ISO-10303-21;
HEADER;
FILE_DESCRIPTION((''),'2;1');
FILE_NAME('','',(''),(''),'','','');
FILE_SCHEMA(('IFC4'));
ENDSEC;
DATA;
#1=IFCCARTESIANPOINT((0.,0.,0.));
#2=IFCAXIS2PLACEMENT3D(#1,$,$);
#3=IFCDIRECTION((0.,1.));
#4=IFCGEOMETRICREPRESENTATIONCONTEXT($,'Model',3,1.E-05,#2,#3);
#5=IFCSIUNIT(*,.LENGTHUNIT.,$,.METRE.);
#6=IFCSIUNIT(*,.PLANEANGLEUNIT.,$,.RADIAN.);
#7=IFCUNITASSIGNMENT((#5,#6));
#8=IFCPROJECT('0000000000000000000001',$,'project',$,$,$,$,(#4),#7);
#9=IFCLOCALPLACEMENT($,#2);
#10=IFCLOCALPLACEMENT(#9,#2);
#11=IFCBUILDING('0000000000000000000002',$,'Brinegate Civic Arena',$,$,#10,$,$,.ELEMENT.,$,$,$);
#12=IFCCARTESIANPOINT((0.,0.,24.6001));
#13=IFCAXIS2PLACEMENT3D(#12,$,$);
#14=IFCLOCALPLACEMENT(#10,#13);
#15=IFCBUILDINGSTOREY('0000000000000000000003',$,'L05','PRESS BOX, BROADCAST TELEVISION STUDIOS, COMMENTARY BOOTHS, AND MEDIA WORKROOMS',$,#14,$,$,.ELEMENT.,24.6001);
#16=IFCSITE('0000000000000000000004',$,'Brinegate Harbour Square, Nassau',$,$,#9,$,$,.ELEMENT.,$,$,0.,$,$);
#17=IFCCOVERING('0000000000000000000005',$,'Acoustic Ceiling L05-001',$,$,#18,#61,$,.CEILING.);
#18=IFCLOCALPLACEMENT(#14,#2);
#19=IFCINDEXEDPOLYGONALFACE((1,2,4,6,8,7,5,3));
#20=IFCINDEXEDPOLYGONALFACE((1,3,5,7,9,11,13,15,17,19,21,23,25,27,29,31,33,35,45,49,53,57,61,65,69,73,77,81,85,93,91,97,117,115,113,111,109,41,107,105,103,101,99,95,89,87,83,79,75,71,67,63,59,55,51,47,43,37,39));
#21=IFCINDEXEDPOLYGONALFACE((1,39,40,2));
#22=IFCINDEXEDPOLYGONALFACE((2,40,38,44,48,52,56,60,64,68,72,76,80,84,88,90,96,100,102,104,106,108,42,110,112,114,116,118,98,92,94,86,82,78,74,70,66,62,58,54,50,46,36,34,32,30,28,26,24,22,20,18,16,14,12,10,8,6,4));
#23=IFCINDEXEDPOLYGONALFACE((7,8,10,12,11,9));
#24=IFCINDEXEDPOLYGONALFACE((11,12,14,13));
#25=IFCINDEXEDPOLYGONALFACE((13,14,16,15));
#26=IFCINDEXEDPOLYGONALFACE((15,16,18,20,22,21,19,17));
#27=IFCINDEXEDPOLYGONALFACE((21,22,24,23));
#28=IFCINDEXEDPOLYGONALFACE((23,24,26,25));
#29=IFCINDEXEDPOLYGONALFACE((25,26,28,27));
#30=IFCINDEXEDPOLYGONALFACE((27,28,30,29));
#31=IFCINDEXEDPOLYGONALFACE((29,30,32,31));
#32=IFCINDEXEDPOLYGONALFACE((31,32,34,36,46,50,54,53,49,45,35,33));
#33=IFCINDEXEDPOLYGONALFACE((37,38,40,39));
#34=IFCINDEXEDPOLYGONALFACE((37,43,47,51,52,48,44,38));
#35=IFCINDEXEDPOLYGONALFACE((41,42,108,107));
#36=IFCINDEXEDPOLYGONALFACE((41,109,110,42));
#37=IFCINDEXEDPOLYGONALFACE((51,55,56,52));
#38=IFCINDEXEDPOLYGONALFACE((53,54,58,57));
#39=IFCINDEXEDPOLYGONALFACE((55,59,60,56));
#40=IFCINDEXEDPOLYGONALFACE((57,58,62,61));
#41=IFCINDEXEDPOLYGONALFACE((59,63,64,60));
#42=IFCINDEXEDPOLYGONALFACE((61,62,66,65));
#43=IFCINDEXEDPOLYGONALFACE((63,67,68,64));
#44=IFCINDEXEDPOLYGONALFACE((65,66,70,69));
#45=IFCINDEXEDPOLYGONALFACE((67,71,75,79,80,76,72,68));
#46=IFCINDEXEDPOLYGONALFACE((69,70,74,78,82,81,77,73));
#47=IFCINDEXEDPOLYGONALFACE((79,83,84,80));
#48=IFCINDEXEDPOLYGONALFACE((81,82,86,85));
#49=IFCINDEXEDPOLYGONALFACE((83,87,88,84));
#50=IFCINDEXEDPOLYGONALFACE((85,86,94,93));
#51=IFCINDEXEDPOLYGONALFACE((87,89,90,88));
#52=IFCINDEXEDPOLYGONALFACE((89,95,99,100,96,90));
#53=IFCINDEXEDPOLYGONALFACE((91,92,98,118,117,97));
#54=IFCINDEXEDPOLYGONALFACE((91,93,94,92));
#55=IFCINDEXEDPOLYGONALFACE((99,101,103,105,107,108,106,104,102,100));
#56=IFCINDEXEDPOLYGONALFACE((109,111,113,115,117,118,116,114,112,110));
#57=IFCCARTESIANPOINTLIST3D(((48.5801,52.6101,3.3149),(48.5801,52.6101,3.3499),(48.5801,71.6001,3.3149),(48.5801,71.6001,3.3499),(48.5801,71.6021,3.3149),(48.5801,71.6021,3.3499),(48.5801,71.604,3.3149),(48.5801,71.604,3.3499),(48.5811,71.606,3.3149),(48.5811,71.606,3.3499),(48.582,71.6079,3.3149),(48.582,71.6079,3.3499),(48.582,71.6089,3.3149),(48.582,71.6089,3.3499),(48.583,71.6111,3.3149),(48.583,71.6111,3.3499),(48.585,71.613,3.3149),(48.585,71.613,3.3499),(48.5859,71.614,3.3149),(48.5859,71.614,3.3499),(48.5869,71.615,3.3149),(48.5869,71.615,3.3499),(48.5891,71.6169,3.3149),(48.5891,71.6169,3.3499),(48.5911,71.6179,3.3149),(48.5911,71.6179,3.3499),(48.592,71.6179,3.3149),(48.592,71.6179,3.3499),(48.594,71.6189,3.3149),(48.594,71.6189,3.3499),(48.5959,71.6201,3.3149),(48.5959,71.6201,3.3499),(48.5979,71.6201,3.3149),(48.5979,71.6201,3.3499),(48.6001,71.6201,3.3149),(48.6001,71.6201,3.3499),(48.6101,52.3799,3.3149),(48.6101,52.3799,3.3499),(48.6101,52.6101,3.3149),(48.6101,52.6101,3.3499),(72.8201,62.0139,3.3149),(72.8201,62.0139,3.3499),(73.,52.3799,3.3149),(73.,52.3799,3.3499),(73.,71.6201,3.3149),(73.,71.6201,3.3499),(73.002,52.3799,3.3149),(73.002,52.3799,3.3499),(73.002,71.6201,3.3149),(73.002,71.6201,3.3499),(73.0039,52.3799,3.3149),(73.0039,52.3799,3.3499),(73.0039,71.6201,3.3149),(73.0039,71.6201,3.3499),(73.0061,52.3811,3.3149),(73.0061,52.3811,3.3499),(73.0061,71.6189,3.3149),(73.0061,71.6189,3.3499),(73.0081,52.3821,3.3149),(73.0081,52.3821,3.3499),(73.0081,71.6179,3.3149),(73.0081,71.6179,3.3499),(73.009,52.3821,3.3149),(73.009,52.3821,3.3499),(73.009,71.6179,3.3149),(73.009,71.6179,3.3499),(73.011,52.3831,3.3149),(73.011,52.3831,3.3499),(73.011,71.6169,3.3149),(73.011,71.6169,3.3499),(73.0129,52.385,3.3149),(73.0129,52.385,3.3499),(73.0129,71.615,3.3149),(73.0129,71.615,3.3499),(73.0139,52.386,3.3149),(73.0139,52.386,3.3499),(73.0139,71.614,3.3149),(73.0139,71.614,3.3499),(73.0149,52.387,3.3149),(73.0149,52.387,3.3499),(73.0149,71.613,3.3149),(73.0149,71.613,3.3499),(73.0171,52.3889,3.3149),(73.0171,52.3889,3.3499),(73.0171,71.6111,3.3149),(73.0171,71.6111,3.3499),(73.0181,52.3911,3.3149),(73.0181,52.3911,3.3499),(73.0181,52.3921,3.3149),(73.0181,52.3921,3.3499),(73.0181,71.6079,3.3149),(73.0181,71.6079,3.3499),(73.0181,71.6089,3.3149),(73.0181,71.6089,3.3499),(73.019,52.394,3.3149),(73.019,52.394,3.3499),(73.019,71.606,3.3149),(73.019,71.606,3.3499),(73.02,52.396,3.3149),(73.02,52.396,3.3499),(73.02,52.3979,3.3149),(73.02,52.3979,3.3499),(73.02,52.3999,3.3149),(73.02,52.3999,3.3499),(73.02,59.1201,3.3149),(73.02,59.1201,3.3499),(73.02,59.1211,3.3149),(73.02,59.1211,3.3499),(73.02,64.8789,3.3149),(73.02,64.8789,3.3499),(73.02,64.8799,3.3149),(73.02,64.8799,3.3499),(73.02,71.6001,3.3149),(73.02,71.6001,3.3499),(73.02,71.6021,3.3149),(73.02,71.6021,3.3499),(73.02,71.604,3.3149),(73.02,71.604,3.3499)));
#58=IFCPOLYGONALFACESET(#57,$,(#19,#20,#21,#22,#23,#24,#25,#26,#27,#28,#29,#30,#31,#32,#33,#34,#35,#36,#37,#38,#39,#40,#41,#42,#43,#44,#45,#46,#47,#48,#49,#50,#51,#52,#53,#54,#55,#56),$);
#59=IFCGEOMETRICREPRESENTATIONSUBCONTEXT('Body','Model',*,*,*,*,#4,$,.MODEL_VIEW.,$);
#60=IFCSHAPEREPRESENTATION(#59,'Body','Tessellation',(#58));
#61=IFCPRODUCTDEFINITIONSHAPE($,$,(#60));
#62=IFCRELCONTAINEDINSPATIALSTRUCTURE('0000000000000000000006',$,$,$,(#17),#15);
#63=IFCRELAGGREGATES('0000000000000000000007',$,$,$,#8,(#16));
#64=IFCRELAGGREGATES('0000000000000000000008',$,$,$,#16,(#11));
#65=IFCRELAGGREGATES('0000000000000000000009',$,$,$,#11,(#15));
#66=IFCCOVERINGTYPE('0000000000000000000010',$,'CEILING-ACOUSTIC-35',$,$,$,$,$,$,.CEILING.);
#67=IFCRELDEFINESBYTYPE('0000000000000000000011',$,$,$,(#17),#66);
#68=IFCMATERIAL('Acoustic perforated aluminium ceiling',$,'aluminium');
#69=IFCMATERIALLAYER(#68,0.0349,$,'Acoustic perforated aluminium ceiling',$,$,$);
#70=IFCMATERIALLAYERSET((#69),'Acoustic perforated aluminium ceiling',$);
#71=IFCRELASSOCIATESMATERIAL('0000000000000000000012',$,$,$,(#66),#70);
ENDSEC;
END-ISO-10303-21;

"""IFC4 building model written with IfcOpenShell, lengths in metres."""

from ifc_helpers import new_model, si_unit, direction, frame, origin, place, context, subcontext, project, spatial, polyline, outline, extrude, material, layer, layer_set, type_object, element, save


model = new_model("IFC4")

# Units and contexts
model_context = context("Model", 3, precision=1e-05, world=origin(), true_north=direction((0.0, 1.0)))
body_context = subcontext(model_context, "Body", "Model", "MODEL_VIEW")
ifc_project = project(units=[si_unit("LENGTHUNIT", "METRE"), si_unit("PLANEANGLEUNIT", "RADIAN")], contexts=[model_context])

# Site, building, storey
site_placement = place(None, origin())
site = spatial("IfcSite", under=ifc_project, at=site_placement, Name="Brinegate Harbour Square, Nassau", CompositionType="ELEMENT", RefElevation=0.0)
building_placement = place(site_placement, origin())
building = spatial("IfcBuilding", under=site, at=building_placement, Name="Brinegate Civic Arena", CompositionType="ELEMENT")
storey_placement = place(building_placement, frame((0.0, 0.0, 24.6001)))
storey = spatial("IfcBuildingStorey", under=building, at=storey_placement, Name="L05", Description="PRESS BOX, BROADCAST TELEVISION STUDIOS, COMMENTARY BOOTHS, AND MEDIA WORKROOMS", CompositionType="ELEMENT", Elevation=24.6001)

# Covering
ifc_material_1 = material(Name="Acoustic perforated aluminium ceiling", Category="aluminium")
ifc_layer_1 = layer(ifc_material_1, 0.0349, Name="Acoustic perforated aluminium ceiling")
ifc_layer_set_1 = layer_set([ifc_layer_1], Name="Acoustic perforated aluminium ceiling")
covering_type_1 = type_object("IfcCoveringType", Name="CEILING-ACOUSTIC-35", PredefinedType="CEILING", material=ifc_layer_set_1)
covering_1_placement = place(storey_placement, frame((0.0, 0.0, 3.3149)))
element("IfcCovering", 1, at=covering_1_placement, inside=storey, type_object=covering_type_1, Name="Acoustic Ceiling L05-001", PredefinedType="CEILING", context=body_context, shape_type="SweptSolid", body=[
    extrude(outline(polyline([(48.5801, 71.6001), (48.5801, 71.6021), (48.5801, 71.604), (48.5811, 71.606), (48.582, 71.6079), (48.582, 71.6089), (48.583, 71.6111), (48.585, 71.613), (48.5859, 71.614), (48.5869, 71.615), (48.5891, 71.6169), (48.5911, 71.6179), (48.592, 71.6179), (48.594, 71.6189), (48.5959, 71.6201), (48.5979, 71.6201), (48.6001, 71.6201), (73.0, 71.6201), (73.002, 71.6201), (73.0039, 71.6201), (73.0061, 71.6189), (73.0081, 71.6179), (73.009, 71.6179), (73.011, 71.6169), (73.0129, 71.615), (73.0139, 71.614), (73.0149, 71.613), (73.0171, 71.6111), (73.0181, 71.6089), (73.0181, 71.6079), (73.019, 71.606), (73.02, 71.604), (73.02, 71.6021), (73.02, 71.6001), (73.02, 64.8799), (73.02, 64.8789), (72.8201, 62.0139), (73.02, 59.1211), (73.02, 59.1201), (73.02, 52.3999), (73.02, 52.3979), (73.02, 52.396), (73.019, 52.394), (73.0181, 52.3921), (73.0181, 52.3911), (73.0171, 52.3889), (73.0149, 52.387), (73.0139, 52.386), (73.0129, 52.385), (73.011, 52.3831), (73.009, 52.3821), (73.0081, 52.3821), (73.0061, 52.3811), (73.0039, 52.3799), (73.002, 52.3799), (73.0, 52.3799), (48.6101, 52.3799), (48.6101, 52.6101), (48.5801, 52.6101), (48.5801, 71.6001)])), origin(), (0.0, 0.0, 1.0), 0.0349),
])

save(model, "model.ifc")
